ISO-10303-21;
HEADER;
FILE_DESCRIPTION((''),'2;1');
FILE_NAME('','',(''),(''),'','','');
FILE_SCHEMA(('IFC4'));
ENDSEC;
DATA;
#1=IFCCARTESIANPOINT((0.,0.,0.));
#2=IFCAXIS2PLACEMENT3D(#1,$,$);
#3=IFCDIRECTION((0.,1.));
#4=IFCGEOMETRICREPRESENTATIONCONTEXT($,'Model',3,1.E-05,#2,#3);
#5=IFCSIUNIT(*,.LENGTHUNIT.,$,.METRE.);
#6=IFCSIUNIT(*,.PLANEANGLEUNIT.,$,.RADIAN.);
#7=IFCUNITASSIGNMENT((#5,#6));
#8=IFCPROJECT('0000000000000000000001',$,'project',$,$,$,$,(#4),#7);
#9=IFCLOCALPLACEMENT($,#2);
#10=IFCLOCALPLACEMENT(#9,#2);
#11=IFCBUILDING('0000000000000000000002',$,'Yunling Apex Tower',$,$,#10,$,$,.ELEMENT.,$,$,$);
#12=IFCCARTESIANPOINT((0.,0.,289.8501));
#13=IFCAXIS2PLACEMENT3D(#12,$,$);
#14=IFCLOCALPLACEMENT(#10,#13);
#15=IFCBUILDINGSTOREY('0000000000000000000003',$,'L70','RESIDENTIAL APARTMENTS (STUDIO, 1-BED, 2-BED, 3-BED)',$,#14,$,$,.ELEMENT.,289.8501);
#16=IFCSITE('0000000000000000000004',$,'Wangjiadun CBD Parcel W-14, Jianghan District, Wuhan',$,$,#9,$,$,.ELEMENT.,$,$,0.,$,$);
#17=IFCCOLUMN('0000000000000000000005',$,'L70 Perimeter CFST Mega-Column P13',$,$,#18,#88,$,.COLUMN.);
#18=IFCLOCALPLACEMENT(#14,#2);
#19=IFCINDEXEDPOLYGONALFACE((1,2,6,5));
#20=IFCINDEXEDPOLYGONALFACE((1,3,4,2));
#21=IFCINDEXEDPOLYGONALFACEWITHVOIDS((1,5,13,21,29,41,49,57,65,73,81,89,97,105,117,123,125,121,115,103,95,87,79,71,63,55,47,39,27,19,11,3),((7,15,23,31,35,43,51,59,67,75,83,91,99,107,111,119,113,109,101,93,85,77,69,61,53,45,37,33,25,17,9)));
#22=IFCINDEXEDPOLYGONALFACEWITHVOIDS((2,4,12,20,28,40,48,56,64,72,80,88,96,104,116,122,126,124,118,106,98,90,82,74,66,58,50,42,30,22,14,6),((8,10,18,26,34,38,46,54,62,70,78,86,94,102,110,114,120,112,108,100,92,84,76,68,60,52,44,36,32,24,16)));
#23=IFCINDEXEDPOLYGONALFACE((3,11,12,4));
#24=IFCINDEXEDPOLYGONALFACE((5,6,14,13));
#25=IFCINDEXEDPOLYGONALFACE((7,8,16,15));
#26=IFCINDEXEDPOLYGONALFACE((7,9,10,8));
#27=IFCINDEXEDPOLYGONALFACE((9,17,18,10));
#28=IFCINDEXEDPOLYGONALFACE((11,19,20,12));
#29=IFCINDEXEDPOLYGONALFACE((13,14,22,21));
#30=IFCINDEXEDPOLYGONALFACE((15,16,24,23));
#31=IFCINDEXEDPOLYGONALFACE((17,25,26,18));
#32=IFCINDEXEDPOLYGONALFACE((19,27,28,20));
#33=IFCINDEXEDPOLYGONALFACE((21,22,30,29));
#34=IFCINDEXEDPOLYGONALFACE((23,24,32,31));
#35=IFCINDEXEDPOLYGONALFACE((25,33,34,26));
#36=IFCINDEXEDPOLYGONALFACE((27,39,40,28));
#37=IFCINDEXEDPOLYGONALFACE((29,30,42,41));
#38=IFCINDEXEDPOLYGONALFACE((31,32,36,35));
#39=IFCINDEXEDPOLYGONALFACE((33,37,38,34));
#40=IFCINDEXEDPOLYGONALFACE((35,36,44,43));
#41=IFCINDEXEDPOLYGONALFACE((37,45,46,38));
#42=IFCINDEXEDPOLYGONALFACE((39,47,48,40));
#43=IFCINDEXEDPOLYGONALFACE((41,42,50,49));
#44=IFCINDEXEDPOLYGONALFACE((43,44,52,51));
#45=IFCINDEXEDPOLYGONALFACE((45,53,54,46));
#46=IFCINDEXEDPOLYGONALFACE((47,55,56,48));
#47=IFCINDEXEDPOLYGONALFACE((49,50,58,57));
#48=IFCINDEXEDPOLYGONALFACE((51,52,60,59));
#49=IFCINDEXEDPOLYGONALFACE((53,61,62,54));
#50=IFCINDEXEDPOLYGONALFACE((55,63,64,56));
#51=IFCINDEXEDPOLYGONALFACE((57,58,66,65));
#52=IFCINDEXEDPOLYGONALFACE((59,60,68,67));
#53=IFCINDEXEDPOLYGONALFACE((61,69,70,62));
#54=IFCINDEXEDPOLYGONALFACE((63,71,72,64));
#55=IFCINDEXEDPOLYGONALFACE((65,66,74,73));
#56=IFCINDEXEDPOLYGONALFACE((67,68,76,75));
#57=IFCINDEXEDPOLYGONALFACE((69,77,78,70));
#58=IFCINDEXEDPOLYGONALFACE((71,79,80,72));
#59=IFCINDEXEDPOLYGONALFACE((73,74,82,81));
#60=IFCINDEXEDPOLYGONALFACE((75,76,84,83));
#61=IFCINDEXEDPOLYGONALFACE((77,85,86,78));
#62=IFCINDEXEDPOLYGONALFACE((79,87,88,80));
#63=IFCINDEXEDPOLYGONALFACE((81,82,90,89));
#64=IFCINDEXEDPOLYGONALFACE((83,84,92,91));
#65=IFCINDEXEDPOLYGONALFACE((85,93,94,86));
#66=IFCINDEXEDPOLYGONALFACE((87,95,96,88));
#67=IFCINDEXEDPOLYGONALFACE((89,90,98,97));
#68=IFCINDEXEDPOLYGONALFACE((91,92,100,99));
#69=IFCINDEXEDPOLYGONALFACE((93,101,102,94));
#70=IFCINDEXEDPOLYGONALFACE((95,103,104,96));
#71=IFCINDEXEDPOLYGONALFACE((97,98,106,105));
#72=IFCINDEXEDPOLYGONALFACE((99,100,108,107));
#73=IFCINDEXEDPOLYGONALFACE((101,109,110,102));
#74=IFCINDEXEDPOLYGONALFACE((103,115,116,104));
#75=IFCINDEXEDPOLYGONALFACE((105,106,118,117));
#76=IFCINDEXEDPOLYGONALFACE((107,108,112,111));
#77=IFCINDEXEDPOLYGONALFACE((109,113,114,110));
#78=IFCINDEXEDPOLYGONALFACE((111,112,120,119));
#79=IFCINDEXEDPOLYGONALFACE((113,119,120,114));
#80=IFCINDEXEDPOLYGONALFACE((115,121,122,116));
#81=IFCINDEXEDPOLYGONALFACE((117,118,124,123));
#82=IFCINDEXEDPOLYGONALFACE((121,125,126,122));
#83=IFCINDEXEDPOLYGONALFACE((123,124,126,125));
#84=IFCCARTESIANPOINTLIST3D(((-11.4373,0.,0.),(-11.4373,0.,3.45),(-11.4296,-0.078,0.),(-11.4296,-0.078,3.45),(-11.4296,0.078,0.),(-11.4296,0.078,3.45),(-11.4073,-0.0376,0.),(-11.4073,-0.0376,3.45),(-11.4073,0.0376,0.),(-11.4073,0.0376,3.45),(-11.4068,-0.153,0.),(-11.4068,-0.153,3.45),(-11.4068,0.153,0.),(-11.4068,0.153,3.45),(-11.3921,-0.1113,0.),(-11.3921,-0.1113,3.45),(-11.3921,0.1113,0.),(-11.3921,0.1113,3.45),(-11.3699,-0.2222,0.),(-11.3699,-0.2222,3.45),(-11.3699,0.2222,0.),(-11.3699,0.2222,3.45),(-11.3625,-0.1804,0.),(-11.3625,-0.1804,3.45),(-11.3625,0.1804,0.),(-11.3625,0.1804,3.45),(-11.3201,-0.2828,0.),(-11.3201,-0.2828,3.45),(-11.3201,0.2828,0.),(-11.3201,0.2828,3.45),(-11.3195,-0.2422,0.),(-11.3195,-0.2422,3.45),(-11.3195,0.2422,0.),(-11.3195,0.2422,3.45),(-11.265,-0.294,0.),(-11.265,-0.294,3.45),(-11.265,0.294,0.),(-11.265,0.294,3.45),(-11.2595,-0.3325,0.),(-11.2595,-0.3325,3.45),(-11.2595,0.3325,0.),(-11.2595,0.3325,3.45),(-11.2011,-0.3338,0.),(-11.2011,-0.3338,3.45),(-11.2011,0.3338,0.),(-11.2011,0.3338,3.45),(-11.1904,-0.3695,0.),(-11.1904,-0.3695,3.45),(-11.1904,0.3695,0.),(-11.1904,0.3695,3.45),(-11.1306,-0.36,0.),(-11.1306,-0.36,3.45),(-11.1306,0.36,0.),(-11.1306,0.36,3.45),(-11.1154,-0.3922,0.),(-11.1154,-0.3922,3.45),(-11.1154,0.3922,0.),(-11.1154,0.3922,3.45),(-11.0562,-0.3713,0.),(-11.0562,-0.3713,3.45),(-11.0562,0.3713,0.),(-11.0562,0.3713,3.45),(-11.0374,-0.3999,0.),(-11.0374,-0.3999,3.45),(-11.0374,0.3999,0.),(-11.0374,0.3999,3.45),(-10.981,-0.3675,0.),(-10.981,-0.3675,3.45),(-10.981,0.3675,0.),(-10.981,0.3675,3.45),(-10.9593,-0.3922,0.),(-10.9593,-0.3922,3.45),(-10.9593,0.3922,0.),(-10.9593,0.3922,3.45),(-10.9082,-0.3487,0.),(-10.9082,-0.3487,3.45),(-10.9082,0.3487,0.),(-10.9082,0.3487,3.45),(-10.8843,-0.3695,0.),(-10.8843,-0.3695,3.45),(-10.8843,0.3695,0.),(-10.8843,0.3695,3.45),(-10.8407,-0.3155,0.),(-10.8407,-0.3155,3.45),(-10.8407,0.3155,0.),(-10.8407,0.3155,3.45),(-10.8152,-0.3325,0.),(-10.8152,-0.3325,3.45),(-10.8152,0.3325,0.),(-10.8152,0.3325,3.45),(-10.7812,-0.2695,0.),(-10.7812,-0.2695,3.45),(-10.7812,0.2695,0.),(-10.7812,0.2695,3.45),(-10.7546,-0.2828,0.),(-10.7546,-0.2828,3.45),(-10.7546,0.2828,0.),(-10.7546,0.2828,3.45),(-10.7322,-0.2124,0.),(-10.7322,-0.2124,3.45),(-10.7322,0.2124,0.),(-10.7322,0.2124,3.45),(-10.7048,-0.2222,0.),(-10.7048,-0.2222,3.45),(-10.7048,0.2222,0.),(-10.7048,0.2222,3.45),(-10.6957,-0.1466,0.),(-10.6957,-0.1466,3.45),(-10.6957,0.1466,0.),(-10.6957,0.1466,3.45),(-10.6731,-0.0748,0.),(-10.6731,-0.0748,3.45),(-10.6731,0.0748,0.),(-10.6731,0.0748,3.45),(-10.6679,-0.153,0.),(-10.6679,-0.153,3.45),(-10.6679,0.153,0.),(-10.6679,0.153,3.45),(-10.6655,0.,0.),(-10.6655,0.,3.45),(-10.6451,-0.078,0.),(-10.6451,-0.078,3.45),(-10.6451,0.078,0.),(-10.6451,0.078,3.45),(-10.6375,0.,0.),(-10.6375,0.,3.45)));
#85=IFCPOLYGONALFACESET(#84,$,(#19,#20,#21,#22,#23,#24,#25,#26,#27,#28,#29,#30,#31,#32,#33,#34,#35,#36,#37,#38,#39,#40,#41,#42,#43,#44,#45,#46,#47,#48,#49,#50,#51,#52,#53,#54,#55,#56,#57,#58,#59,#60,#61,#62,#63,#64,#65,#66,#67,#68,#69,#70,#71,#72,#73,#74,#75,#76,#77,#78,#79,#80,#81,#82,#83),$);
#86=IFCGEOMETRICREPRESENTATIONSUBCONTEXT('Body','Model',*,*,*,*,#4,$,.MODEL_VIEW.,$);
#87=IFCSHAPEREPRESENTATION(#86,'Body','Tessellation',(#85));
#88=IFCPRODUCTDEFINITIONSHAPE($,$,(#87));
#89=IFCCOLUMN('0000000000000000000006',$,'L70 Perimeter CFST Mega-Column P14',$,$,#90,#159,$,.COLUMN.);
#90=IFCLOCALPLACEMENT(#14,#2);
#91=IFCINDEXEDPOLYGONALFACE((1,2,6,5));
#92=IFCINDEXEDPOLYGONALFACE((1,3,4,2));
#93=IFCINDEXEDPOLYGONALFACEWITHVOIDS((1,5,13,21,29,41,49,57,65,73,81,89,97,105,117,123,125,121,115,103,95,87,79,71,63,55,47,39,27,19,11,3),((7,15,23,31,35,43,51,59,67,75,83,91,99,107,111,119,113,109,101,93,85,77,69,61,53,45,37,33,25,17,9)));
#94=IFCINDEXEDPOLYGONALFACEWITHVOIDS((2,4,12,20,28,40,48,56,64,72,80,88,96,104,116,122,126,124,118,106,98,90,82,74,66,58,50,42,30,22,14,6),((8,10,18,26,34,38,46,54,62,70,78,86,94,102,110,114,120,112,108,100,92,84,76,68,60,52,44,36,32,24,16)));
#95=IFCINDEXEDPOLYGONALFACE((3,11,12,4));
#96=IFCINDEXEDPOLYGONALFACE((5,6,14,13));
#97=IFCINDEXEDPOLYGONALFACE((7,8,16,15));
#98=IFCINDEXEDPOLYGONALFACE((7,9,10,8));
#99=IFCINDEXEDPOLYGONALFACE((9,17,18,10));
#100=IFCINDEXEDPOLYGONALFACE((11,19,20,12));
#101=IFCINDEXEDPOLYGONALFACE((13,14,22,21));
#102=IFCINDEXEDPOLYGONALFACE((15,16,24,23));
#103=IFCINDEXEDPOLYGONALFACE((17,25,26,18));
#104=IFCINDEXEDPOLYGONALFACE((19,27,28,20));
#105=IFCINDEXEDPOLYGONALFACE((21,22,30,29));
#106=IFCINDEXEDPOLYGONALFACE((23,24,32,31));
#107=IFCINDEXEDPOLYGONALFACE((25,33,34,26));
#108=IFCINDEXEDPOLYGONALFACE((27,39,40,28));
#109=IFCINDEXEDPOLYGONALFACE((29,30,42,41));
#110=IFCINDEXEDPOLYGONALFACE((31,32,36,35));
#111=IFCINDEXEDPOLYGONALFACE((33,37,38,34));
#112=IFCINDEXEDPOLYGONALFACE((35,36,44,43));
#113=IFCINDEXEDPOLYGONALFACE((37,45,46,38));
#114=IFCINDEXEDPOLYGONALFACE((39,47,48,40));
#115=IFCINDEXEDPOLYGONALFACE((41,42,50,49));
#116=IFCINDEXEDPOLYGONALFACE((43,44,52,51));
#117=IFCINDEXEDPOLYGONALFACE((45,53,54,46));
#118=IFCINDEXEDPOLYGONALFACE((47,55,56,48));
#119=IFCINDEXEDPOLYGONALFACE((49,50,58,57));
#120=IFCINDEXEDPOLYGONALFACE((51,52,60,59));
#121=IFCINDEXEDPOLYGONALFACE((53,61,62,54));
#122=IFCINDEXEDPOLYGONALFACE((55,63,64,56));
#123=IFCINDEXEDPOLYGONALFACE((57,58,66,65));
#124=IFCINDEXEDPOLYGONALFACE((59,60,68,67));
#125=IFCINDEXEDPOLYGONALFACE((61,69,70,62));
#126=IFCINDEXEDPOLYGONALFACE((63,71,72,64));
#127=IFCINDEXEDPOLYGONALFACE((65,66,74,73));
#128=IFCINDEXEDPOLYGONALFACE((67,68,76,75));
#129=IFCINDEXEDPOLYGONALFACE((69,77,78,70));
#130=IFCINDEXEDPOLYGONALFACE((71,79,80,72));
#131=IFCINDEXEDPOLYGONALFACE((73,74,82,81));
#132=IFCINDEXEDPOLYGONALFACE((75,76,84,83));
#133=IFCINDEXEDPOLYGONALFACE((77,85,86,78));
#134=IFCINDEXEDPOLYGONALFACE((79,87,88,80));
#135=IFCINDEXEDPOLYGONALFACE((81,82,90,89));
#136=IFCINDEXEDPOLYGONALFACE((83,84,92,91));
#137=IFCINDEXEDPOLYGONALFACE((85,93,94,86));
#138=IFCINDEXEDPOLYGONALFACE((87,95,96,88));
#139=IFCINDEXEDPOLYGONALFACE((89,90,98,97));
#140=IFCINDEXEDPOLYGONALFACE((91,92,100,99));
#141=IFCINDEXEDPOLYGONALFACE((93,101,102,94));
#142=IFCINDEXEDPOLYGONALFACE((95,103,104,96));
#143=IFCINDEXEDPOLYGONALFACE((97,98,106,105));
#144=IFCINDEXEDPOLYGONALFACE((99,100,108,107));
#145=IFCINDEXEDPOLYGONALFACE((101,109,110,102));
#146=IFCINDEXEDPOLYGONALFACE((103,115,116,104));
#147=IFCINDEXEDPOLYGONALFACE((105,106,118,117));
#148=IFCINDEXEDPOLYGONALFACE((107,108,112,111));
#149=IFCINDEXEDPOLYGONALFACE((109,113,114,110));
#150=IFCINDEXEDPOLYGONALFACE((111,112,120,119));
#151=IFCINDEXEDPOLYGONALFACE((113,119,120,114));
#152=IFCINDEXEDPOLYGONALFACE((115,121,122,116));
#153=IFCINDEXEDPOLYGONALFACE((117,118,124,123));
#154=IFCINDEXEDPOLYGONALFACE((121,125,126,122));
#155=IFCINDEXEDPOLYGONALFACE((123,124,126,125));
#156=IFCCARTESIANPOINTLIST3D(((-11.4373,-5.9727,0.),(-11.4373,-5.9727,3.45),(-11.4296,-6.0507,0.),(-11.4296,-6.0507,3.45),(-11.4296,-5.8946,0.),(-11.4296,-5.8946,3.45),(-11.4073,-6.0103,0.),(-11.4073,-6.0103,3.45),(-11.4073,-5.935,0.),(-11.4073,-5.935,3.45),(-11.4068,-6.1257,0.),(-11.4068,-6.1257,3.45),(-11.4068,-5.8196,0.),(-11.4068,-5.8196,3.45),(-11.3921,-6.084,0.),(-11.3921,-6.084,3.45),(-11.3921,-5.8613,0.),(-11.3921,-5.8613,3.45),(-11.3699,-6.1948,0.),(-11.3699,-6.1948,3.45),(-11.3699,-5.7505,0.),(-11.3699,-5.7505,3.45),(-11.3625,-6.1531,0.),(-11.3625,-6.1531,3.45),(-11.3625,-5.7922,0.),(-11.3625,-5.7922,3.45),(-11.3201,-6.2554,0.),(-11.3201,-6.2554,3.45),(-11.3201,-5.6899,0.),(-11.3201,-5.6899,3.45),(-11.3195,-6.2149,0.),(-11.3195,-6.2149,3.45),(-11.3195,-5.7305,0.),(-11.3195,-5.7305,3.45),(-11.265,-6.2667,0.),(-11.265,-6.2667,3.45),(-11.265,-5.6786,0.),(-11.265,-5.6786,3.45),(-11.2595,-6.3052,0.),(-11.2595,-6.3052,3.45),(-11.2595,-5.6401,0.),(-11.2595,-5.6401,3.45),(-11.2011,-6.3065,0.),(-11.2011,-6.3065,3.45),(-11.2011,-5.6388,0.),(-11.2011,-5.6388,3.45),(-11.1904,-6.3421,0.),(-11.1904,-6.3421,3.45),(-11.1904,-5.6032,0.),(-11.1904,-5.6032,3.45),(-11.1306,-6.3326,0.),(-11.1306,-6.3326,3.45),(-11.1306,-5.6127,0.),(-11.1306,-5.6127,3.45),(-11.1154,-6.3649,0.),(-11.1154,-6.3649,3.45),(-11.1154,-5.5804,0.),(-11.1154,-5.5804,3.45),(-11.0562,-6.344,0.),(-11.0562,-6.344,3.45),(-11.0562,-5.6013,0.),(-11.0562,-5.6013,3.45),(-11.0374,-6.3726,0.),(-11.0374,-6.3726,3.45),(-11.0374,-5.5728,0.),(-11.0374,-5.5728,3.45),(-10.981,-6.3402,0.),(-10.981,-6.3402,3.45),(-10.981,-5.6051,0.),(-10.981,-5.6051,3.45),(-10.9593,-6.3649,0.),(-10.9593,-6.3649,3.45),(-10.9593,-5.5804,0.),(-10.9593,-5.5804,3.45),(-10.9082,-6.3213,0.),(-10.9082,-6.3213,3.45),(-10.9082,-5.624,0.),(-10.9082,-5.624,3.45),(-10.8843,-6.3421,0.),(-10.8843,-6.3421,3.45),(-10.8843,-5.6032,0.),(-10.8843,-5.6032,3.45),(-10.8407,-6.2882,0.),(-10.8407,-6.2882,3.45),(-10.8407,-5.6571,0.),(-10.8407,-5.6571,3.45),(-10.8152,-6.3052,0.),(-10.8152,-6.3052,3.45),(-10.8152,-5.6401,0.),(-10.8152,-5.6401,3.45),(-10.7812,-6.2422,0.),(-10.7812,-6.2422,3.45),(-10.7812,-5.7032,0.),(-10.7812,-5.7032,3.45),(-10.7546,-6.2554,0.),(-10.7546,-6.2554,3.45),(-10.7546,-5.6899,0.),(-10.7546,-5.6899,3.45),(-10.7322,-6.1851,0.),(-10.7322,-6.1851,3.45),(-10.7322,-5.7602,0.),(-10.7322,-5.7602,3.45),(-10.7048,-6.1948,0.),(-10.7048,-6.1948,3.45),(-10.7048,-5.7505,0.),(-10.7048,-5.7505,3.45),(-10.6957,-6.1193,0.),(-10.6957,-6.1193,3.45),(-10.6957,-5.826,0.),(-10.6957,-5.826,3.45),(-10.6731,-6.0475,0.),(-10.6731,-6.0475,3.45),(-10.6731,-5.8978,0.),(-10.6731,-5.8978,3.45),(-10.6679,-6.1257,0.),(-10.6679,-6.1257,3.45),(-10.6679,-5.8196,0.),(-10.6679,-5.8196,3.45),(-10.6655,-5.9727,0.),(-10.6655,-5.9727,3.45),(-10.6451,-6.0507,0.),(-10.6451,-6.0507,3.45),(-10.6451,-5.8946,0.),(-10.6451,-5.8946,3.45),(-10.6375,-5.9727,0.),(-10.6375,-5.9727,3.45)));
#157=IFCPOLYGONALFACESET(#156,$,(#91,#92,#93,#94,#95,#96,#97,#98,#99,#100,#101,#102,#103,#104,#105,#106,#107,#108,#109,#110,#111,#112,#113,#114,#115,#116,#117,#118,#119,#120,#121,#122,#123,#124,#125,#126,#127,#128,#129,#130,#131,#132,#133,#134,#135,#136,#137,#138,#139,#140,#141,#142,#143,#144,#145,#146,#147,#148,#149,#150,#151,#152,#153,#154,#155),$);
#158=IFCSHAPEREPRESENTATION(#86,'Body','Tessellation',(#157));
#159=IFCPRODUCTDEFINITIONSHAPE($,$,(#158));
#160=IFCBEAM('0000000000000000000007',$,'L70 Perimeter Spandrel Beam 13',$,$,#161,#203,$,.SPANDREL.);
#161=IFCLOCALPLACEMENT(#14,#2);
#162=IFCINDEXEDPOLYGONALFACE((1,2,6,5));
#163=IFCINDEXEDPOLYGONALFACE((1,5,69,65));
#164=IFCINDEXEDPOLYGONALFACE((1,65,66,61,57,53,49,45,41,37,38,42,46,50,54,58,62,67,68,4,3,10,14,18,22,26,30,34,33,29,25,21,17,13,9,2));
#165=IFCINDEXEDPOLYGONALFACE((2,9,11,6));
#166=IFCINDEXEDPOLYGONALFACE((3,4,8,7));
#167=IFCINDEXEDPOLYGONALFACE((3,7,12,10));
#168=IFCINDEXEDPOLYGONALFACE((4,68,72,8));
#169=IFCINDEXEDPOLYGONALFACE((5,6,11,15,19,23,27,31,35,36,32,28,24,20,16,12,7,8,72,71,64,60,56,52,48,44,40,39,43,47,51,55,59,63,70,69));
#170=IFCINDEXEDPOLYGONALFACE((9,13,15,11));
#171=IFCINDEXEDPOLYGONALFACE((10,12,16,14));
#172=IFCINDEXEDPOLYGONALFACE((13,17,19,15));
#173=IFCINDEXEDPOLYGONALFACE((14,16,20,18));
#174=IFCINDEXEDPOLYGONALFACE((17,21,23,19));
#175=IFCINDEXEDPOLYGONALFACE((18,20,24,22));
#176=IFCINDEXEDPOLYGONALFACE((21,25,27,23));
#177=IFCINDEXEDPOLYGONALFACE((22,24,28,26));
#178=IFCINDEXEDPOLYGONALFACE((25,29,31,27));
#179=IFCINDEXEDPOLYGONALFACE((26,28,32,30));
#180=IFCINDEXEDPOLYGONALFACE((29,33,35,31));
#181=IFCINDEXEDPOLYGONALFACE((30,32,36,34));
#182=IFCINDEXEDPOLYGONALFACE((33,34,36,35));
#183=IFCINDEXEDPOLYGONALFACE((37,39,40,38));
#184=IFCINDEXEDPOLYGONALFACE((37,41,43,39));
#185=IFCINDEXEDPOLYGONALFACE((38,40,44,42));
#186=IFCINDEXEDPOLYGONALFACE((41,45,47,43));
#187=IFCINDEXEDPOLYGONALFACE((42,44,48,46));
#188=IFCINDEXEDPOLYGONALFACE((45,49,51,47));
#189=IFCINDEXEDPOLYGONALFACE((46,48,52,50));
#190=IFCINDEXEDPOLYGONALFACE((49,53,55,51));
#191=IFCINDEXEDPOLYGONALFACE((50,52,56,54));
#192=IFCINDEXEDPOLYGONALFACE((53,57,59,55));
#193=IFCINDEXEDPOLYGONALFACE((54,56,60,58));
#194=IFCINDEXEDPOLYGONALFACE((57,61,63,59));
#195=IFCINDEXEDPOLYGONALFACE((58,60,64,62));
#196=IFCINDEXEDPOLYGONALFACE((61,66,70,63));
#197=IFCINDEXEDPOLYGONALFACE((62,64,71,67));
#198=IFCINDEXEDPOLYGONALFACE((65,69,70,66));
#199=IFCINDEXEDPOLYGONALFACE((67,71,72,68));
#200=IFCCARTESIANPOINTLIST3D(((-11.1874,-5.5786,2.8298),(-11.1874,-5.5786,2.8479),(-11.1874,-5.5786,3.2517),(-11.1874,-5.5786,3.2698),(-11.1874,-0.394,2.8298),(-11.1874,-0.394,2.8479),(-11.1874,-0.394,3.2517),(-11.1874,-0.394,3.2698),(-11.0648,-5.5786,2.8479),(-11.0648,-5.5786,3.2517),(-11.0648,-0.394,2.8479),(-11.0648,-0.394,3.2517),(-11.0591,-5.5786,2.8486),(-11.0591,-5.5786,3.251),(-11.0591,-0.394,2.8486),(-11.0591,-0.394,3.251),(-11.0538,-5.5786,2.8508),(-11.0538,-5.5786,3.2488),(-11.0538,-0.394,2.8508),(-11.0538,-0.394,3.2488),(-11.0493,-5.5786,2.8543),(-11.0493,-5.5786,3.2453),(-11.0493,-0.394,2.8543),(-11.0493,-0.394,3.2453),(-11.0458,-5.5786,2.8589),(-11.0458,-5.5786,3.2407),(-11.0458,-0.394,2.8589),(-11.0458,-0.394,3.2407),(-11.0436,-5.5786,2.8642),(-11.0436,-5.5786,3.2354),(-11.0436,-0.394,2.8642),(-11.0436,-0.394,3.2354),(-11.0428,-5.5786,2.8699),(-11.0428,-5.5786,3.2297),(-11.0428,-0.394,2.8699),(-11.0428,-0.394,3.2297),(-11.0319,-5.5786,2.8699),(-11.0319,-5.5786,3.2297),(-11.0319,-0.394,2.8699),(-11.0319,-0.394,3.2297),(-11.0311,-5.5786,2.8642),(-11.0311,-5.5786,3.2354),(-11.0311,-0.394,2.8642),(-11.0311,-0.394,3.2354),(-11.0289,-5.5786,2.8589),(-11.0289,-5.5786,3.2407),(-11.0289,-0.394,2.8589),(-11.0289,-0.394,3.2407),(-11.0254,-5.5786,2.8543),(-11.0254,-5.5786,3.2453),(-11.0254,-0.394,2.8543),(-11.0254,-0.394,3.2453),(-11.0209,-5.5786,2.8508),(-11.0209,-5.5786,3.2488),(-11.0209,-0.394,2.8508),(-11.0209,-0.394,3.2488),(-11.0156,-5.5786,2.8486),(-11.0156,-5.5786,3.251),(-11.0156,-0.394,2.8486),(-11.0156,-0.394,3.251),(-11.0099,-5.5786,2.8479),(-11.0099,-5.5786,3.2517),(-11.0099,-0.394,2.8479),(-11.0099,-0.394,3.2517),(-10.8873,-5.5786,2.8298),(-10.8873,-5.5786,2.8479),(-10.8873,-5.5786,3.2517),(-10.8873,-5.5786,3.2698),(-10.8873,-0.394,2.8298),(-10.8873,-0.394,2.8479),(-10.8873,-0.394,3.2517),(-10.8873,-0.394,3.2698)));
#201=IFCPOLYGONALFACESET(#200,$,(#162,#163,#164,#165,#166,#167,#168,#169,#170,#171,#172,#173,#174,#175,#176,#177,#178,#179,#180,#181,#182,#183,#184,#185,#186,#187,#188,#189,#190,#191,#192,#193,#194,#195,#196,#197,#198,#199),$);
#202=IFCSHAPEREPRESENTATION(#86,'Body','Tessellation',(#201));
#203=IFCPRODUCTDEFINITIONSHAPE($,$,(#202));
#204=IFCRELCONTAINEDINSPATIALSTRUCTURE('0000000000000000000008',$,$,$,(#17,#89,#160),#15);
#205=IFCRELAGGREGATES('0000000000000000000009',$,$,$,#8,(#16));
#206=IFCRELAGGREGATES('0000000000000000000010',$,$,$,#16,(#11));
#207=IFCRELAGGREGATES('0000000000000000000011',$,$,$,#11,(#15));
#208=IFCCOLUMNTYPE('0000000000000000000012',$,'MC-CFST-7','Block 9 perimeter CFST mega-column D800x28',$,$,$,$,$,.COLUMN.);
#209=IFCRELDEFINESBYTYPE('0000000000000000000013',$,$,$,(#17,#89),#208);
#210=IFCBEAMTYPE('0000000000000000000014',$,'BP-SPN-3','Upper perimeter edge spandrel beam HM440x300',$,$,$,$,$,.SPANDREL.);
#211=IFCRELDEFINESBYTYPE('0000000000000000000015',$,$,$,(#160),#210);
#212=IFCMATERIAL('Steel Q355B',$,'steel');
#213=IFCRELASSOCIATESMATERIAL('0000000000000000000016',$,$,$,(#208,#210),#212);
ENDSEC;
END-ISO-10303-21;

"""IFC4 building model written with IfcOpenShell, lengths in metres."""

from ifc_helpers import new_model, si_unit, direction, frame, origin, origin_2d, place, context, subcontext, project, spatial, hollow_circle, i_section, extrude, source, transform, mapped, material, material_profile, profile_set, type_object, element, save


model = new_model("IFC4")

# Units and contexts
model_context = context("Model", 3, precision=1e-05, world=origin(), true_north=direction((0.0, 1.0)))
body_context = subcontext(model_context, "Body", "Model", "MODEL_VIEW")
ifc_project = project(units=[si_unit("LENGTHUNIT", "METRE"), si_unit("PLANEANGLEUNIT", "RADIAN")], contexts=[model_context])

# Site, building, storey
site_placement = place(None, origin())
site = spatial("IfcSite", under=ifc_project, at=site_placement, Name="Wangjiadun CBD Parcel W-14, Jianghan District, Wuhan", CompositionType="ELEMENT", RefElevation=0.0)
building_placement = place(site_placement, origin())
building = spatial("IfcBuilding", under=site, at=building_placement, Name="Yunling Apex Tower", CompositionType="ELEMENT")
storey_placement = place(building_placement, frame((0.0, 0.0, 289.8501)))
storey = spatial("IfcBuildingStorey", under=building, at=storey_placement, Name="L70", Description="RESIDENTIAL APARTMENTS (STUDIO, 1-BED, 2-BED, 3-BED)", CompositionType="ELEMENT", Elevation=289.8501)

# Columns
ifc_material_1 = material(Name="Steel Q355B", Category="steel")
ifc_material_profile_1 = material_profile(ifc_material_1, hollow_circle(Radius=0.3999, WallThickness=0.0281, at=origin_2d()))
ifc_profile_set_1 = profile_set([ifc_material_profile_1], Name="Steel Q355B")
column_type = type_object("IfcColumnType", Name="MC-CFST-7", Description="Block 9 perimeter CFST mega-column D800x28", PredefinedType="COLUMN", material=ifc_profile_set_1)
shared_shape_1 = source(origin(), body_context, "Body", "SweptSolid", [
    extrude(hollow_circle(Radius=0.3999, WallThickness=0.0281, at=origin_2d()), origin(), (0.0, 0.0, 1.0), 3.45),
])
for number, where, z_axis, x_axis, name in (
    (1, (-11.0374, 0.0, 0.0), (0.0, 0.0, 1.0), (1.0, 0.0, 0.0), "L70 Perimeter CFST Mega-Column P13"),
    (2, (-11.0374, -5.9727, 0.0), (0.0, 0.0, 1.0), (1.0, 0.0, 0.0), "L70 Perimeter CFST Mega-Column P14"),
):
    element("IfcColumn", number, at=place(storey_placement, frame(where, z_axis=z_axis, x_axis=x_axis)), inside=storey, type_object=column_type, Name=name, PredefinedType="COLUMN", context=body_context, shape_type="MappedRepresentation", body=[
        mapped(shared_shape_1, transform((0.0, 0.0, 0.0), scale=1.0)),
    ])

# Beam
ifc_material_profile_2 = material_profile(ifc_material_1, i_section(OverallWidth=0.3, OverallDepth=0.4399, WebThickness=0.011, FlangeThickness=0.0181, FilletRadius=0.022, at=origin_2d()))
ifc_profile_set_2 = profile_set([ifc_material_profile_2], Name="Steel Q355B")
beam_type_1 = type_object("IfcBeamType", Name="BP-SPN-3", Description="Upper perimeter edge spandrel beam HM440x300", PredefinedType="SPANDREL", material=ifc_profile_set_2)
shared_shape_2 = source(origin(), body_context, "Body", "SweptSolid", [
    extrude(i_section(OverallWidth=0.3, OverallDepth=0.4399, WebThickness=0.011, FlangeThickness=0.0181, FilletRadius=0.022, at=origin_2d()), origin(), (0.0, 0.0, 1.0), 5.1846),
])
beam_1_placement = place(storey_placement, frame((-11.0374, -0.394, 3.0498), z_axis=(0.0, -1.0, 0.0), x_axis=(1.0, 0.0, 0.0)))
element("IfcBeam", 3, at=beam_1_placement, inside=storey, type_object=beam_type_1, Name="L70 Perimeter Spandrel Beam 13", PredefinedType="SPANDREL", context=body_context, shape_type="MappedRepresentation", body=[
    mapped(shared_shape_2, transform((0.0, 0.0, 0.0), scale=1.0)),
])

save(model, "model.ifc")
